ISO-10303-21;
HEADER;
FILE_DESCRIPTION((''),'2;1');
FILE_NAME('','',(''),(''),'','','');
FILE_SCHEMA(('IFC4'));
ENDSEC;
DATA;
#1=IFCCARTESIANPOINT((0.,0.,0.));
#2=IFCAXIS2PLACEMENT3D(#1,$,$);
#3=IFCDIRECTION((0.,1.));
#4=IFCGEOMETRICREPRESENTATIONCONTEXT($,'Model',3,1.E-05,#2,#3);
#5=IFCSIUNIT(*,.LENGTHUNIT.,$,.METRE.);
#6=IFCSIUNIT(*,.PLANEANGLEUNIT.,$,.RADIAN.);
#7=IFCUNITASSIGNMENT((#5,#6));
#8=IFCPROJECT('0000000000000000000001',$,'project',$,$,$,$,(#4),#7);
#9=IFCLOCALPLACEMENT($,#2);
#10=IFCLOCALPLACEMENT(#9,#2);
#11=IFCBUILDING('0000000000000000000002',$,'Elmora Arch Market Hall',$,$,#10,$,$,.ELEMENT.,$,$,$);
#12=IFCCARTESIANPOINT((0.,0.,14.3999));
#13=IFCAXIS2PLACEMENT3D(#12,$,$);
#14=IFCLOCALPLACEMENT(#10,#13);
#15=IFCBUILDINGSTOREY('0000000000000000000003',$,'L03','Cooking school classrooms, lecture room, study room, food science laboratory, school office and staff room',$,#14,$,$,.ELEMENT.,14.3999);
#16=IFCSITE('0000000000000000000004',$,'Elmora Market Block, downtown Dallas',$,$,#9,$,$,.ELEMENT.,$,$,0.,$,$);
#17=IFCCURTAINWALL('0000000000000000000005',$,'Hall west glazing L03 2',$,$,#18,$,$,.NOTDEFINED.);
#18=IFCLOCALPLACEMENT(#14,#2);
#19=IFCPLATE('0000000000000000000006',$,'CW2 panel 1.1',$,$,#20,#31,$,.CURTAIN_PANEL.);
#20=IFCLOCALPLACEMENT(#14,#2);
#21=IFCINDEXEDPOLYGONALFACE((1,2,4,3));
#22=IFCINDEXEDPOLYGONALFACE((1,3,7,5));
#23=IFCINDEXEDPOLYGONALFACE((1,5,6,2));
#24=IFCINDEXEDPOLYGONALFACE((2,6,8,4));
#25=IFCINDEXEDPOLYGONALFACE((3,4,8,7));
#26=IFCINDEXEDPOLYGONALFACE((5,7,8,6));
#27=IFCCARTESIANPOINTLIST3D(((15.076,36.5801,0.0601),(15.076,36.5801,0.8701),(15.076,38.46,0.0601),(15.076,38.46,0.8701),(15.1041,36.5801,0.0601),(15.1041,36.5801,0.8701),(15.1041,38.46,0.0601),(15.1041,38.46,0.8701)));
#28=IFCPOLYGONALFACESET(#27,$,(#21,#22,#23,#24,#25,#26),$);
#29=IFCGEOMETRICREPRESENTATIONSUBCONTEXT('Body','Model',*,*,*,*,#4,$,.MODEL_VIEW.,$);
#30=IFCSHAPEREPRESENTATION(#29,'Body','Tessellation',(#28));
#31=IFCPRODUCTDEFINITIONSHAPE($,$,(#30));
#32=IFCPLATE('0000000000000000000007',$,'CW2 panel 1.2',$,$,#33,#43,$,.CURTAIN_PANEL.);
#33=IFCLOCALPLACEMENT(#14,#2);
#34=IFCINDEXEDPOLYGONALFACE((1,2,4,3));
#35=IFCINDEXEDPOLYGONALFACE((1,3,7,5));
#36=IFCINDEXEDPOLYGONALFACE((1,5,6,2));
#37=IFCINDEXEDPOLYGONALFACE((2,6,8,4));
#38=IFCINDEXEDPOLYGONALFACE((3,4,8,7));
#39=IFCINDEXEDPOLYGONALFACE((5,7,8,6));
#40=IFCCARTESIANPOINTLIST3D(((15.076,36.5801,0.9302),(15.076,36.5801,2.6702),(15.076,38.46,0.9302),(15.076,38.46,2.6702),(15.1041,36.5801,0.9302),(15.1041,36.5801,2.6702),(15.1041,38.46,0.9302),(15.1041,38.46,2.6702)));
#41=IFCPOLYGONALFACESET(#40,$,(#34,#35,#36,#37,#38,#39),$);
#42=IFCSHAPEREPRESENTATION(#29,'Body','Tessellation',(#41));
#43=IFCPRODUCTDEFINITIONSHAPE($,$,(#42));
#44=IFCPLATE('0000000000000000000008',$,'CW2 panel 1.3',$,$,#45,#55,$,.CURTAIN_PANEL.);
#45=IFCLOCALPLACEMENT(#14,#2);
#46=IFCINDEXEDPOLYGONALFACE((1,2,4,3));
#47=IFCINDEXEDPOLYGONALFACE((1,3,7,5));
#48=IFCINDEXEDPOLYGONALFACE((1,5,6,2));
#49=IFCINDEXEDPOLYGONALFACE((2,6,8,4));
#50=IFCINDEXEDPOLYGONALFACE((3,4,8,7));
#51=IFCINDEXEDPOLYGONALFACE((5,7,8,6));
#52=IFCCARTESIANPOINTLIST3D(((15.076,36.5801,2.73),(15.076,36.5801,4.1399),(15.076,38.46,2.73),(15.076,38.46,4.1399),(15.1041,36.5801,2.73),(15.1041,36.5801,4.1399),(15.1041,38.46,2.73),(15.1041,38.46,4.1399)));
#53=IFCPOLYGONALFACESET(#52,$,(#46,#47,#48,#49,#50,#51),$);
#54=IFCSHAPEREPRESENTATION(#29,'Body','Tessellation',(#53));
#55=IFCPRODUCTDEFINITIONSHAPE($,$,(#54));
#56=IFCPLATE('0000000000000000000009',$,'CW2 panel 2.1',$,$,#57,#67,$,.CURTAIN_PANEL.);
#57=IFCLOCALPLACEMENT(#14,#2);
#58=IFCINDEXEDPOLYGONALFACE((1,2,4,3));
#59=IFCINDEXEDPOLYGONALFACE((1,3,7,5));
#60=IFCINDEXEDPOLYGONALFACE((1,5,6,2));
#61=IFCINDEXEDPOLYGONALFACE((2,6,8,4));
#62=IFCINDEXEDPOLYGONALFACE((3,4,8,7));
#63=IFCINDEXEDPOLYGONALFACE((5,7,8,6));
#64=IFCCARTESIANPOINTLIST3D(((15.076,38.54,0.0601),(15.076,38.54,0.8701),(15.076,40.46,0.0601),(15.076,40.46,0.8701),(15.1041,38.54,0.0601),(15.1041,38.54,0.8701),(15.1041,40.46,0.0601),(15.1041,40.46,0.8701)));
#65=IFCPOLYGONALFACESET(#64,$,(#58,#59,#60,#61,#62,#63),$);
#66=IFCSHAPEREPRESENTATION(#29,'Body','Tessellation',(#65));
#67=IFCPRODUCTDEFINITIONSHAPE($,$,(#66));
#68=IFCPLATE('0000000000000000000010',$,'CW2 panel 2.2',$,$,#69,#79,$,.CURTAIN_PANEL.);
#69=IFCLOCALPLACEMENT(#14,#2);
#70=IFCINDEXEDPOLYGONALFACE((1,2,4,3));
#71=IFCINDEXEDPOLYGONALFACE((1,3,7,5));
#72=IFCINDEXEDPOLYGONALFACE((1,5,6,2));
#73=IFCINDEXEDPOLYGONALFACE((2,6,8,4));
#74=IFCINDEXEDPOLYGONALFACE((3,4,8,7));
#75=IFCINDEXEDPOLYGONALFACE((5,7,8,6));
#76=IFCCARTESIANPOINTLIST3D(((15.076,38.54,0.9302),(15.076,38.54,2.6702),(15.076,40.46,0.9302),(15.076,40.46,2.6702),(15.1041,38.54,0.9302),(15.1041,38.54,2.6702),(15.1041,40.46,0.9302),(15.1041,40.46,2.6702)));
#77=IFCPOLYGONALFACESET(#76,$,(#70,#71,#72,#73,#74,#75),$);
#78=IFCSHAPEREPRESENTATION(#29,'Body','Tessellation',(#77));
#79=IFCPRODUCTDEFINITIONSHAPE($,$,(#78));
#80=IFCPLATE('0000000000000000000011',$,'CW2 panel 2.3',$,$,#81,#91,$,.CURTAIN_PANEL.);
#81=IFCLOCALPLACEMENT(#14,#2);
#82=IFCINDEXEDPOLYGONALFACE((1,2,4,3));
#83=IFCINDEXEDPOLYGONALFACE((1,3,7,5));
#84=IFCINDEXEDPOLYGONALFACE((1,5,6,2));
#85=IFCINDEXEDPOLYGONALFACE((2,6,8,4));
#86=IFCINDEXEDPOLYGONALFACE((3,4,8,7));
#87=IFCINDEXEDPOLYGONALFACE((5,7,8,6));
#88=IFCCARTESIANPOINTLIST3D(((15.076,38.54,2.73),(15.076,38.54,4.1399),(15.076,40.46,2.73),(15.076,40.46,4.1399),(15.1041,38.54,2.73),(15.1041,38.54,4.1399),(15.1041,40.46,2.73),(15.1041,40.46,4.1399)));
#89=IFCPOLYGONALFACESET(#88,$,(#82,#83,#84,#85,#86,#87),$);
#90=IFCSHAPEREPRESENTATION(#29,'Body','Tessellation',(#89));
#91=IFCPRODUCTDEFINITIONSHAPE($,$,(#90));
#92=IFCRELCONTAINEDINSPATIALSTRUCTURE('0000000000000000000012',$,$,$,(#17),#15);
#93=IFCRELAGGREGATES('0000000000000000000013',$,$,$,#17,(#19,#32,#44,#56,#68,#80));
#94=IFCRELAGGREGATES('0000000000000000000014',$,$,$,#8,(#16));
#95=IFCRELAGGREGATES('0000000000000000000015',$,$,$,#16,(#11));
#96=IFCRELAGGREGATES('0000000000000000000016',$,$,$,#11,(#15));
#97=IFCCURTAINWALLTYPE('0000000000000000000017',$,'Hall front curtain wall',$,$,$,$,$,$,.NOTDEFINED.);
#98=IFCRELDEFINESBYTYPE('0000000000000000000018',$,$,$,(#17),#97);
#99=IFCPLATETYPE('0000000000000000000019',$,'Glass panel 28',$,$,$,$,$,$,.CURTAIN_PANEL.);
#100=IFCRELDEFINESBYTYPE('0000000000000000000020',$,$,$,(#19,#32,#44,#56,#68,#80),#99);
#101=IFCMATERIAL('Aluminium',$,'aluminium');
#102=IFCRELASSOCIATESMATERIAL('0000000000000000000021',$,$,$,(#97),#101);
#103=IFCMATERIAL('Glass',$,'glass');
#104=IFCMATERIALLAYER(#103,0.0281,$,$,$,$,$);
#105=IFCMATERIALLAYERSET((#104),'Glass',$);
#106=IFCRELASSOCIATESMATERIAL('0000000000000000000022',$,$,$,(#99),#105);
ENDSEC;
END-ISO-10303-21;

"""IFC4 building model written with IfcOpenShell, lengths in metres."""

from ifc_helpers import new_model, si_unit, direction, frame, origin, origin_2d, place, context, subcontext, project, spatial, rectangle, extrude, material, layer, layer_set, type_object, element, aggregate, save


model = new_model("IFC4")

# Units and contexts
model_context = context("Model", 3, precision=1e-05, world=origin(), true_north=direction((0.0, 1.0)))
body_context = subcontext(model_context, "Body", "Model", "MODEL_VIEW")
ifc_project = project(units=[si_unit("LENGTHUNIT", "METRE"), si_unit("PLANEANGLEUNIT", "RADIAN")], contexts=[model_context])

# Site, building, storey
site_placement = place(None, origin())
site = spatial("IfcSite", under=ifc_project, at=site_placement, Name="Elmora Market Block, downtown Dallas", CompositionType="ELEMENT", RefElevation=0.0)
building_placement = place(site_placement, origin())
building = spatial("IfcBuilding", under=site, at=building_placement, Name="Elmora Arch Market Hall", CompositionType="ELEMENT")
storey_placement = place(building_placement, frame((0.0, 0.0, 14.3999)))
storey = spatial("IfcBuildingStorey", under=building, at=storey_placement, Name="L03", Description="Cooking school classrooms, lecture room, study room, food science laboratory, school office and staff room", CompositionType="ELEMENT", Elevation=14.3999)

# Curtain wall
ifc_material_1 = material(Name="Aluminium", Category="aluminium")
curtain_wall_type = type_object("IfcCurtainWallType", Name="Hall front curtain wall", PredefinedType="NOTDEFINED", material=ifc_material_1)
curtain_wall_1_placement = place(storey_placement, origin())
curtain_wall_1 = element("IfcCurtainWall", 1, at=curtain_wall_1_placement, inside=storey, type_object=curtain_wall_type, Name="Hall west glazing L03 2", PredefinedType="NOTDEFINED")

# Plates
ifc_material_2 = material(Name="Glass", Category="glass")
ifc_layer = layer(ifc_material_2, 0.0281)
ifc_layer_set = layer_set([ifc_layer], Name="Glass")
plate_type = type_object("IfcPlateType", Name="Glass panel 28", PredefinedType="CURTAIN_PANEL", material=ifc_layer_set)
plate_1_placement = place(storey_placement, frame((15.0901, 37.52, 0.0601), z_axis=(0.0, 0.0, 1.0), x_axis=(0.0, 1.0, 0.0)))
plate_1 = element("IfcPlate", 2, at=plate_1_placement, type_object=plate_type, Name="CW2 panel 1.1", PredefinedType="CURTAIN_PANEL", context=body_context, shape_type="SweptSolid", body=[
    extrude(rectangle(XDim=1.8799, YDim=0.0281, at=origin_2d()), origin(), (0.0, 0.0, 1.0), 0.8101),
])
plate_2_placement = place(storey_placement, frame((15.0901, 37.52, 0.9302), z_axis=(0.0, 0.0, 1.0), x_axis=(0.0, 1.0, 0.0)))
plate_2 = element("IfcPlate", 3, at=plate_2_placement, type_object=plate_type, Name="CW2 panel 1.2", PredefinedType="CURTAIN_PANEL", context=body_context, shape_type="SweptSolid", body=[
    extrude(rectangle(XDim=1.8799, YDim=0.0281, at=origin_2d()), origin(), (0.0, 0.0, 1.0), 1.74),
])
plate_3_placement = place(storey_placement, frame((15.0901, 37.52, 2.73), z_axis=(0.0, 0.0, 1.0), x_axis=(0.0, 1.0, 0.0)))
plate_3 = element("IfcPlate", 4, at=plate_3_placement, type_object=plate_type, Name="CW2 panel 1.3", PredefinedType="CURTAIN_PANEL", context=body_context, shape_type="SweptSolid", body=[
    extrude(rectangle(XDim=1.8799, YDim=0.0281, at=origin_2d()), origin(), (0.0, 0.0, 1.0), 1.4099),
])
plate_4_placement = place(storey_placement, frame((15.0901, 39.5, 0.0601), z_axis=(0.0, 0.0, 1.0), x_axis=(0.0, 1.0, 0.0)))
plate_4 = element("IfcPlate", 5, at=plate_4_placement, type_object=plate_type, Name="CW2 panel 2.1", PredefinedType="CURTAIN_PANEL", context=body_context, shape_type="SweptSolid", body=[
    extrude(rectangle(XDim=1.9199, YDim=0.0281, at=origin_2d()), origin(), (0.0, 0.0, 1.0), 0.8101),
])
plate_5_placement = place(storey_placement, frame((15.0901, 39.5, 0.9302), z_axis=(0.0, 0.0, 1.0), x_axis=(0.0, 1.0, 0.0)))
plate_5 = element("IfcPlate", 6, at=plate_5_placement, type_object=plate_type, Name="CW2 panel 2.2", PredefinedType="CURTAIN_PANEL", context=body_context, shape_type="SweptSolid", body=[
    extrude(rectangle(XDim=1.9199, YDim=0.0281, at=origin_2d()), origin(), (0.0, 0.0, 1.0), 1.74),
])
plate_6_placement = place(storey_placement, frame((15.0901, 39.5, 2.73), z_axis=(0.0, 0.0, 1.0), x_axis=(0.0, 1.0, 0.0)))
plate_6 = element("IfcPlate", 7, at=plate_6_placement, type_object=plate_type, Name="CW2 panel 2.3", PredefinedType="CURTAIN_PANEL", context=body_context, shape_type="SweptSolid", body=[
    extrude(rectangle(XDim=1.9199, YDim=0.0281, at=origin_2d()), origin(), (0.0, 0.0, 1.0), 1.4099),
])
aggregate(curtain_wall_1, [plate_1, plate_2, plate_3, plate_4, plate_5, plate_6])

save(model, "model.ifc")
